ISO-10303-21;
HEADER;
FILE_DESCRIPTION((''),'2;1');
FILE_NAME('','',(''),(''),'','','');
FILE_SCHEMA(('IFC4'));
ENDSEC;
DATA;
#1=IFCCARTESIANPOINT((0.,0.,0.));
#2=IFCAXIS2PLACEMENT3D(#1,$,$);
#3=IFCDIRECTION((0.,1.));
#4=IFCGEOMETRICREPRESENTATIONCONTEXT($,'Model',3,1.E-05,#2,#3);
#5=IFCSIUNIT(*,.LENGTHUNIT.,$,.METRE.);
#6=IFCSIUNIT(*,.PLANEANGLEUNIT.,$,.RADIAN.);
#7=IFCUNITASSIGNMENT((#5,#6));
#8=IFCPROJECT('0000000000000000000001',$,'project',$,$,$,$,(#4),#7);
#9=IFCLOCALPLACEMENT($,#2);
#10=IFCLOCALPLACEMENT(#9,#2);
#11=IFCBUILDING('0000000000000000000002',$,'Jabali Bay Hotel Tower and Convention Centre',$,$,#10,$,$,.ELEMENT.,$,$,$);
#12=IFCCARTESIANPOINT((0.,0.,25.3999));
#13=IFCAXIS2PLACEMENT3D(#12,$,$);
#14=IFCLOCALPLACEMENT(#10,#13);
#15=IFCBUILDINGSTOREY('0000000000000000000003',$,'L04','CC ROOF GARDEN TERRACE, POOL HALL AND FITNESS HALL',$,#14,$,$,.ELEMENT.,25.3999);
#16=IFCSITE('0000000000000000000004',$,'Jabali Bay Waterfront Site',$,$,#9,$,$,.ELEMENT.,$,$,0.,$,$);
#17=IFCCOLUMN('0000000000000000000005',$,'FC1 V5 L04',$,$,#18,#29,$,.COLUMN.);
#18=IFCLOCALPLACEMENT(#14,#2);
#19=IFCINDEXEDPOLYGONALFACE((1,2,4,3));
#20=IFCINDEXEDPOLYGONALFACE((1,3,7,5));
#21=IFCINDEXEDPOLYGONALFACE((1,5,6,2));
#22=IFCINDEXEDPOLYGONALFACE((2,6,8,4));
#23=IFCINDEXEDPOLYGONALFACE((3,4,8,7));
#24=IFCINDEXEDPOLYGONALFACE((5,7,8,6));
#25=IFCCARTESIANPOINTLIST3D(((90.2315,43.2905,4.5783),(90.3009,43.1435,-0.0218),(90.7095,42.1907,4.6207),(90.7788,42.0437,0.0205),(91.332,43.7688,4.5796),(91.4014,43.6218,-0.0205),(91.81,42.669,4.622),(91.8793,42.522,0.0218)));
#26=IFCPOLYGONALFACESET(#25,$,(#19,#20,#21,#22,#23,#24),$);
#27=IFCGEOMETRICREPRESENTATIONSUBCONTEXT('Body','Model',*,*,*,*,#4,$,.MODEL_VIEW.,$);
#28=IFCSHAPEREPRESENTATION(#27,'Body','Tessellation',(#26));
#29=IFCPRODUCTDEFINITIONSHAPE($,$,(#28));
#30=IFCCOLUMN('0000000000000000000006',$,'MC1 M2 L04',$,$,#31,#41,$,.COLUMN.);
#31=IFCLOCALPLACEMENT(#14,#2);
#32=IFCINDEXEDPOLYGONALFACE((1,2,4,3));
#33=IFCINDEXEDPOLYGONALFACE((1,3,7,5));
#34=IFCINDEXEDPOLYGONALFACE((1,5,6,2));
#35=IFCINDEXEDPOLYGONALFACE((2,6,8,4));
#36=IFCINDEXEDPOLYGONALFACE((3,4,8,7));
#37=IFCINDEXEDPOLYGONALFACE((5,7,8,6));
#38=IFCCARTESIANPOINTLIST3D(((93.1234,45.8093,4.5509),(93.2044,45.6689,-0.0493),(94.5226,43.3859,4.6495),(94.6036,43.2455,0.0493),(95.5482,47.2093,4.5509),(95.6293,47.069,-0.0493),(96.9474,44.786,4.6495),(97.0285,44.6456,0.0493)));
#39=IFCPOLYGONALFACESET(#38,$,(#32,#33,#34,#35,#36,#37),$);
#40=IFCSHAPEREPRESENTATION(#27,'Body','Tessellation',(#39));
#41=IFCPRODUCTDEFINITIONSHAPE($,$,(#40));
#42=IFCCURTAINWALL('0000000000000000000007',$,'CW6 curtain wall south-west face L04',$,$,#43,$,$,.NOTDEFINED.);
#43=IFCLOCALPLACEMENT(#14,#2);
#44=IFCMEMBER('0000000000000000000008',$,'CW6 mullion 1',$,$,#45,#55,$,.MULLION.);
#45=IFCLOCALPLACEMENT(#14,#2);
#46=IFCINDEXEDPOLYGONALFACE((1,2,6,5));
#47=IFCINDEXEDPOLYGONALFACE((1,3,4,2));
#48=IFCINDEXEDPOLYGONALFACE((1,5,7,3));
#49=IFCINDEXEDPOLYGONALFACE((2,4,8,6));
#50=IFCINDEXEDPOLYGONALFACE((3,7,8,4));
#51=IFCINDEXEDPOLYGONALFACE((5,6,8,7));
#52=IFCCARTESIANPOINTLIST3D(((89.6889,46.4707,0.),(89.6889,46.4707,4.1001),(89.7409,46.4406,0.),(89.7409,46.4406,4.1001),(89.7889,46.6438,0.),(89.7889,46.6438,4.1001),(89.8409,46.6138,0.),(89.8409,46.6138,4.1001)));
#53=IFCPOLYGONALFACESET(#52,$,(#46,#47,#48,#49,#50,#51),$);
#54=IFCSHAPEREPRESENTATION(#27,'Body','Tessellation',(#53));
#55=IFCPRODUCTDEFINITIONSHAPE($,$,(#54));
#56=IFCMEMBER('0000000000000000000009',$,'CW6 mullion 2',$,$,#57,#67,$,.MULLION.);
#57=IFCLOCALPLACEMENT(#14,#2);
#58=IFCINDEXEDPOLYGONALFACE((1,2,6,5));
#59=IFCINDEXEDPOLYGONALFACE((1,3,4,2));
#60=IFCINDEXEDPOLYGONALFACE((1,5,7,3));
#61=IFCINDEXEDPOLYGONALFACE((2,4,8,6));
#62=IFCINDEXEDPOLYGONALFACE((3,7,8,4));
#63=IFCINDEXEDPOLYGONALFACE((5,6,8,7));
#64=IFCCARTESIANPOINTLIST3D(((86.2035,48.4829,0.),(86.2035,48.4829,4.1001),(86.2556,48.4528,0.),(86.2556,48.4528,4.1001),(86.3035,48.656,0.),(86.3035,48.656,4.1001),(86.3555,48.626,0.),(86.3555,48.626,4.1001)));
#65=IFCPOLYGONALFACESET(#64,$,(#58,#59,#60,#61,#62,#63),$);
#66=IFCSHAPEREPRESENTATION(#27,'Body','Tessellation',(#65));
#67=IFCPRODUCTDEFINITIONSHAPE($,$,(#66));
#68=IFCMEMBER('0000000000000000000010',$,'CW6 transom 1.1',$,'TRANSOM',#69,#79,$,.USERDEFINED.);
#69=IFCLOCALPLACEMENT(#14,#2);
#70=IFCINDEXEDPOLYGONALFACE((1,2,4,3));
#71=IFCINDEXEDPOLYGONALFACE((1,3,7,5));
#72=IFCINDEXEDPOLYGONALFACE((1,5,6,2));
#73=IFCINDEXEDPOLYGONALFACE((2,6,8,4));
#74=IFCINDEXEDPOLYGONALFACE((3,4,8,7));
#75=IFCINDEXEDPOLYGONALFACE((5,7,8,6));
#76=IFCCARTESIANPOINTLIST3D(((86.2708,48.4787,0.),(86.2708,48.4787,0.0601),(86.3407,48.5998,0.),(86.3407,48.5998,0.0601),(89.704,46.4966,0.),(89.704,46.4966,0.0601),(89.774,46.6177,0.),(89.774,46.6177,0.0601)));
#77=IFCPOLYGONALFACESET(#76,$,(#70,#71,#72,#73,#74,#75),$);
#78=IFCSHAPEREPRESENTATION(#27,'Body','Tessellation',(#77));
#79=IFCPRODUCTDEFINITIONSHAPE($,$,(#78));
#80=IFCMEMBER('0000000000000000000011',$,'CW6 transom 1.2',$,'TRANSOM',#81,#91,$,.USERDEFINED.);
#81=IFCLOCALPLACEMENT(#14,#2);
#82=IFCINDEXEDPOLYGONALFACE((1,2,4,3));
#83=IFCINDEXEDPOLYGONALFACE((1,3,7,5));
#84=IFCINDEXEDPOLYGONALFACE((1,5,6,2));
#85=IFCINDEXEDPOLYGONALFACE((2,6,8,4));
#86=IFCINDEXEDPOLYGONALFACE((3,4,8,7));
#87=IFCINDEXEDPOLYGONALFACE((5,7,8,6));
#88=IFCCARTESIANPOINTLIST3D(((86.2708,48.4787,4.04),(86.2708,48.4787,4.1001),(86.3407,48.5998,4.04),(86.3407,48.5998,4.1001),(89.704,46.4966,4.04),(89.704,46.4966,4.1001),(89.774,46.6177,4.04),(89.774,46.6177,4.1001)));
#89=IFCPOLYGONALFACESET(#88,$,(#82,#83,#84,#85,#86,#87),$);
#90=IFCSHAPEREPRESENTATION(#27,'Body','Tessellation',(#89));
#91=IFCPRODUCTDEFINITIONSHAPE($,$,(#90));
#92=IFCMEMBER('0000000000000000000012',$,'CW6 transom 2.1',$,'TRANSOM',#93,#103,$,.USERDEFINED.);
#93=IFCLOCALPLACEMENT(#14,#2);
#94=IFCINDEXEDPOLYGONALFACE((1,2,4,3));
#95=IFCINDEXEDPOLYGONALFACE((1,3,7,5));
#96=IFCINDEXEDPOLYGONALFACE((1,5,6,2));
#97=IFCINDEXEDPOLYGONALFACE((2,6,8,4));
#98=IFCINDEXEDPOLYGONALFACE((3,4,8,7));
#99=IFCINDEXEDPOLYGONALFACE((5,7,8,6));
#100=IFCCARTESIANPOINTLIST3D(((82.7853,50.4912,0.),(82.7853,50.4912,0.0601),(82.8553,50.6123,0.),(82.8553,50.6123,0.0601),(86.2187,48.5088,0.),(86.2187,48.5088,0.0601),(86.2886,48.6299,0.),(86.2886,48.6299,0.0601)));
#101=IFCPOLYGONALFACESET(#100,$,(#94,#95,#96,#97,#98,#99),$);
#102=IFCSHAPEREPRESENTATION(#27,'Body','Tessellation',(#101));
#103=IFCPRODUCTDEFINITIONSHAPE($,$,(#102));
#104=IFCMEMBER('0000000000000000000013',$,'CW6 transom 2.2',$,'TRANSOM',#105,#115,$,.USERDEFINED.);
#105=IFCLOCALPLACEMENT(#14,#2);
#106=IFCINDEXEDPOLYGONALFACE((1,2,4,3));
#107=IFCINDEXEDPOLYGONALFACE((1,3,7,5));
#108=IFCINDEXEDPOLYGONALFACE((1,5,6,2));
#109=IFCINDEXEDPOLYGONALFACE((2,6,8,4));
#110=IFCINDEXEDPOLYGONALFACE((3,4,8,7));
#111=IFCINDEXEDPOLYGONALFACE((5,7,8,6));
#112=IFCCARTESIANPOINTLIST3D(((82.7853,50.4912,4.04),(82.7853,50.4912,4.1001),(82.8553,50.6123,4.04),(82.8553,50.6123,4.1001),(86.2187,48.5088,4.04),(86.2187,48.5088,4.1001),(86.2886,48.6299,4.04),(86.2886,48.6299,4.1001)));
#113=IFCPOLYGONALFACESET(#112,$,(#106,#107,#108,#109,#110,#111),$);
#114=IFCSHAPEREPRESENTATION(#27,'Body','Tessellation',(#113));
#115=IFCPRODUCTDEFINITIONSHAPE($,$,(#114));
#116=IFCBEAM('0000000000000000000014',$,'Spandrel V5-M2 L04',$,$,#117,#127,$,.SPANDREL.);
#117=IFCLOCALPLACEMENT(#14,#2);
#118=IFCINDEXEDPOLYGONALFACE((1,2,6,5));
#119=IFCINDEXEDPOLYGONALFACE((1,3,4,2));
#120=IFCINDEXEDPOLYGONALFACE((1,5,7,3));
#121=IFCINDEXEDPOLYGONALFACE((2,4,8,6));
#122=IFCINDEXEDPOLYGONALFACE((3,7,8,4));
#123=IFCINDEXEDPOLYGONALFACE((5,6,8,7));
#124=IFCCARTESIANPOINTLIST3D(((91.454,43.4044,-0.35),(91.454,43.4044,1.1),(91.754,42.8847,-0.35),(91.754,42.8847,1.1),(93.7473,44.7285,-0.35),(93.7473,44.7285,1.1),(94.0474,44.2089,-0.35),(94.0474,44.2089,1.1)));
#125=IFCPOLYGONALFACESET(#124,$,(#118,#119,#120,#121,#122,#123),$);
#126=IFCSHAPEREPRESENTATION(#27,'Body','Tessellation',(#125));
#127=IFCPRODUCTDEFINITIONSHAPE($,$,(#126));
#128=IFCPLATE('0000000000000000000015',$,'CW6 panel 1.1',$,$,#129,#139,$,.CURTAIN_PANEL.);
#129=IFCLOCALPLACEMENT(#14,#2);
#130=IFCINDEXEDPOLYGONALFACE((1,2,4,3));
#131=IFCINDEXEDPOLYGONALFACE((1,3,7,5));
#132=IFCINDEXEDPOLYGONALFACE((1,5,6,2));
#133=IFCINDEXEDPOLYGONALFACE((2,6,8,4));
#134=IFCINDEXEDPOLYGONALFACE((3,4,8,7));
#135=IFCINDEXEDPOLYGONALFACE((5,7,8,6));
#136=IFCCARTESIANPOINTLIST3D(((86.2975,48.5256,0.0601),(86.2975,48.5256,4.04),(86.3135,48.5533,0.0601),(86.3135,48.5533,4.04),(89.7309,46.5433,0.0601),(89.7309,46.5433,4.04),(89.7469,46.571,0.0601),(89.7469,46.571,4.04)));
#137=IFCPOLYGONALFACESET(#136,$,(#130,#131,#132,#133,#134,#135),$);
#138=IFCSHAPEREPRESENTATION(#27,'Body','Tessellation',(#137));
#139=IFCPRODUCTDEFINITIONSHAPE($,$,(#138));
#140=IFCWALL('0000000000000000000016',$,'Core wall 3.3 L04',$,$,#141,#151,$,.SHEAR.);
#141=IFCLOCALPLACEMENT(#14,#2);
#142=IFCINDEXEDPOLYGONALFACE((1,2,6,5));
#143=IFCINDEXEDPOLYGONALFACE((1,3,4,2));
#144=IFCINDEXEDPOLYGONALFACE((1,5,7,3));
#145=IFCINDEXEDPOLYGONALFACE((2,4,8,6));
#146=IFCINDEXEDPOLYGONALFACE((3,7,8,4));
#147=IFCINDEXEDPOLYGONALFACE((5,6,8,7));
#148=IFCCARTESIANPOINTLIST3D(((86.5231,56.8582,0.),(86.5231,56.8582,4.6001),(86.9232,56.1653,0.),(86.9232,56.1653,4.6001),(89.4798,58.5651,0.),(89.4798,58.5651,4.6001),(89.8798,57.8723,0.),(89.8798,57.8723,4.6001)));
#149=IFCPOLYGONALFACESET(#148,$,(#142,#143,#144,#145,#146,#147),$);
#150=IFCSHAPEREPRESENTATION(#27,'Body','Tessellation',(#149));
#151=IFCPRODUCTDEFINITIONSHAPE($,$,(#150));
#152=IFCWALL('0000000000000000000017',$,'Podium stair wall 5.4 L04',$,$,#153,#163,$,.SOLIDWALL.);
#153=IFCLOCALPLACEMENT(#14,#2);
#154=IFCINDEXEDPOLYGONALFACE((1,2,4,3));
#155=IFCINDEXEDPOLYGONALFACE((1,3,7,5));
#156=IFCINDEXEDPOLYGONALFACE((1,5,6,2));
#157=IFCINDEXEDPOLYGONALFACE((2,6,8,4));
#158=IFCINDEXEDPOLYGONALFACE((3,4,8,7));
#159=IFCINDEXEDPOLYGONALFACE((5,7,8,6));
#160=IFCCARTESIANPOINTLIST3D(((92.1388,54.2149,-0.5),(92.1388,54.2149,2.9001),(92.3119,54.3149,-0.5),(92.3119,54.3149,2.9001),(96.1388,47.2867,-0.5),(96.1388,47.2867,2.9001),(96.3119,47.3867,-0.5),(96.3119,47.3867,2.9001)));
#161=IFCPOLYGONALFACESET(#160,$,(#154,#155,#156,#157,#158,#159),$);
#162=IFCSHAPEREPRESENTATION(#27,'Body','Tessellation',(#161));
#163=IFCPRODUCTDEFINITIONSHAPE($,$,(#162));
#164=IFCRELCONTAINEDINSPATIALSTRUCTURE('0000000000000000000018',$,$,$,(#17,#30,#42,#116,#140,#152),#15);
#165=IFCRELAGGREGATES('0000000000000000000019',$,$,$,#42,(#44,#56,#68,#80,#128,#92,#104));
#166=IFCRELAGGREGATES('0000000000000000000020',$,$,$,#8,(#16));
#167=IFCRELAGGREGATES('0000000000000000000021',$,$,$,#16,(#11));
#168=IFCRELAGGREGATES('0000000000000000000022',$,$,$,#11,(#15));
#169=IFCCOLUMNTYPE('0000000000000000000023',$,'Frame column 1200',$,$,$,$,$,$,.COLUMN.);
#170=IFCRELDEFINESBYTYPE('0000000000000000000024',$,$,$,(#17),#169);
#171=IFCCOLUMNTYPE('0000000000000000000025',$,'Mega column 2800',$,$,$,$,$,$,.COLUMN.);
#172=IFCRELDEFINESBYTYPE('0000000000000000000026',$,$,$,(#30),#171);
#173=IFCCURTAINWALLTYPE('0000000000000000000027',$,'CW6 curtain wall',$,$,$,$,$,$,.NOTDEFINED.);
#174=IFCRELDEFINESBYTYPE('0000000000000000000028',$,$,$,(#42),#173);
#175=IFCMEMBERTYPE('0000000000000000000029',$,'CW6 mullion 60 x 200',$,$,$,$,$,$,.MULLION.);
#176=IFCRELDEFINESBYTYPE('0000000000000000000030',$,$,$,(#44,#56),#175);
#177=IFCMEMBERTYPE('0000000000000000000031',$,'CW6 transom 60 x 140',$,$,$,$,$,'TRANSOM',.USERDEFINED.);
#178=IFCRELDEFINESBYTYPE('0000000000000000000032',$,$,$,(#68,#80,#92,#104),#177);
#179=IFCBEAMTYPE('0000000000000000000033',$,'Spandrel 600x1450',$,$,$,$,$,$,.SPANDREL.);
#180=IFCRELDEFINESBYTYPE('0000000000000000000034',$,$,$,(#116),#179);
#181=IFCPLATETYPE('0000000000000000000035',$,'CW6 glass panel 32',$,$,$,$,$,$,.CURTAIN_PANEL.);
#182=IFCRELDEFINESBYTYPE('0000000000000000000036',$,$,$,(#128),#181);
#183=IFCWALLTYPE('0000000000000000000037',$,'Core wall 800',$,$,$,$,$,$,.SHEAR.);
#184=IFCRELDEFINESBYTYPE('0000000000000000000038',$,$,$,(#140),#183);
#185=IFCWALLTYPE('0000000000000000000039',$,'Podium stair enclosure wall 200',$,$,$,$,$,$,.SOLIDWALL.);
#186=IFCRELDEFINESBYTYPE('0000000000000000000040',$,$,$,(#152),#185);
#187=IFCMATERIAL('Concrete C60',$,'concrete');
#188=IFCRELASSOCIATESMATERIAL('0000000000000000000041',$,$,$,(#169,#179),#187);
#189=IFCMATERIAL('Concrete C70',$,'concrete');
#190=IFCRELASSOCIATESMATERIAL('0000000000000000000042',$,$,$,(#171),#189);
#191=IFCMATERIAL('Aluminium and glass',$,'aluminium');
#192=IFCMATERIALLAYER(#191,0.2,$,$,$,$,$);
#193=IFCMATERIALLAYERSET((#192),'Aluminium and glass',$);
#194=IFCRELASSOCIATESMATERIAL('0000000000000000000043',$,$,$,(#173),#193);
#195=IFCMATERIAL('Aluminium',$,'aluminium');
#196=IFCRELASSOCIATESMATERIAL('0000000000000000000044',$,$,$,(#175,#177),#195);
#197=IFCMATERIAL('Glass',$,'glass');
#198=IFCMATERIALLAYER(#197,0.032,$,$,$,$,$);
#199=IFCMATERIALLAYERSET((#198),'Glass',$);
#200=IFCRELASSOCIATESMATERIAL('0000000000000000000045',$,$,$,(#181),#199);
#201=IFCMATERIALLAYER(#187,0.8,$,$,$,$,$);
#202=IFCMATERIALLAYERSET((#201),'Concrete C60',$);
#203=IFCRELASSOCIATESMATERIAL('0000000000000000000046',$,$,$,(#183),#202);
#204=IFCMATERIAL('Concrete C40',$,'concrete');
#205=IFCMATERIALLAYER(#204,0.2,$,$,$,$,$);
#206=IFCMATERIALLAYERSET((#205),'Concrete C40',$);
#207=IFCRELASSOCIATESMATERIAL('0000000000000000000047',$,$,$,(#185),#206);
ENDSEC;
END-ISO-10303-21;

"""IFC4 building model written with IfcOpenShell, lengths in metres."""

from ifc_helpers import new_model, si_unit, direction, frame, frame_2d, origin, origin_2d, place, context, subcontext, project, spatial, rectangle, extrude, material, layer, layer_set, material_profile, profile_set, type_object, element, aggregate, save


model = new_model("IFC4")

# Units and contexts
model_context = context("Model", 3, precision=1e-05, world=origin(), true_north=direction((0.0, 1.0)))
body_context = subcontext(model_context, "Body", "Model", "MODEL_VIEW")
ifc_project = project(units=[si_unit("LENGTHUNIT", "METRE"), si_unit("PLANEANGLEUNIT", "RADIAN")], contexts=[model_context])

# Site, building, storey
site_placement = place(None, origin())
site = spatial("IfcSite", under=ifc_project, at=site_placement, Name="Jabali Bay Waterfront Site", CompositionType="ELEMENT", RefElevation=0.0)
building_placement = place(site_placement, origin())
building = spatial("IfcBuilding", under=site, at=building_placement, Name="Jabali Bay Hotel Tower and Convention Centre", CompositionType="ELEMENT")
storey_placement = place(building_placement, frame((0.0, 0.0, 25.3999)))
storey = spatial("IfcBuildingStorey", under=building, at=storey_placement, Name="L04", Description="CC ROOF GARDEN TERRACE, POOL HALL AND FITNESS HALL", CompositionType="ELEMENT", Elevation=25.3999)

# Columns
ifc_material_1 = material(Name="Concrete C60", Category="concrete")
ifc_material_profile_1 = material_profile(ifc_material_1, rectangle(XDim=1.2, YDim=1.2, at=origin_2d()), Name="Frame column 1200")
ifc_profile_set_1 = profile_set([ifc_material_profile_1], Name="Concrete C60")
column_type_1 = type_object("IfcColumnType", Name="Frame column 1200", PredefinedType="COLUMN", material=ifc_profile_set_1)
column_1_placement = place(storey_placement, frame((91.0901, 42.8328, 0.0), z_axis=(-0.015063, 0.03193, 0.999377), x_axis=(0.398326, -0.916565, 0.035288)))
element("IfcColumn", 1, at=column_1_placement, inside=storey, type_object=column_type_1, Name="FC1 V5 L04", PredefinedType="COLUMN", context=body_context, shape_type="SweptSolid", body=[
    extrude(rectangle(XDim=1.2, YDim=1.2, at=origin_2d()), origin(), (0.0, 0.0, 1.0), 4.603),
])
ifc_material_2 = material(Name="Concrete C70", Category="concrete")
ifc_material_profile_2 = material_profile(ifc_material_2, rectangle(XDim=2.8, YDim=2.8, at=origin_2d()), Name="Mega column 2800")
ifc_profile_set_2 = profile_set([ifc_material_profile_2], Name="Concrete C70")
column_type_2 = type_object("IfcColumnType", Name="Mega column 2800", PredefinedType="COLUMN", material=ifc_profile_set_2)
column_2_placement = place(storey_placement, frame((95.1165, 45.1572, 0.0), z_axis=(-0.017609, 0.030498, 0.99938), x_axis=(0.499713, -0.865475, 0.035217)))
element("IfcColumn", 2, at=column_2_placement, inside=storey, type_object=column_type_2, Name="MC1 M2 L04", PredefinedType="COLUMN", context=body_context, shape_type="SweptSolid", body=[
    extrude(rectangle(XDim=2.8, YDim=2.8, at=origin_2d()), origin(), (0.0, 0.0, 1.0), 4.603),
])

# Curtain wall, members
ifc_material_3 = material(Name="Aluminium and glass", Category="aluminium")
ifc_layer_1 = layer(ifc_material_3, 0.2)
ifc_layer_set_1 = layer_set([ifc_layer_1], Name="Aluminium and glass")
curtain_wall_type = type_object("IfcCurtainWallType", Name="CW6 curtain wall", PredefinedType="NOTDEFINED", material=ifc_layer_set_1)
curtain_wall_placement = place(storey_placement, origin())
curtain_wall = element("IfcCurtainWall", 3, at=curtain_wall_placement, inside=storey, type_object=curtain_wall_type, Name="CW6 curtain wall south-west face L04", PredefinedType="NOTDEFINED")
ifc_material_4 = material(Name="Aluminium", Category="aluminium")
ifc_material_profile_3 = material_profile(ifc_material_4, rectangle(XDim=0.2, YDim=0.0601, at=origin_2d()), Name="CW6 mullion 60 x 200")
ifc_profile_set_3 = profile_set([ifc_material_profile_3], Name="Aluminium")
member_type_1 = type_object("IfcMemberType", Name="CW6 mullion 60 x 200", PredefinedType="MULLION", material=ifc_profile_set_3)
member_1_placement = place(storey_placement, frame((89.7649, 46.5422, 0.0), z_axis=(0.0, 0.0, 1.0), x_axis=(-0.5, -0.866025, 0.0)))
member_1 = element("IfcMember", 4, at=member_1_placement, type_object=member_type_1, Name="CW6 mullion 1", PredefinedType="MULLION", context=body_context, shape_type="SweptSolid", body=[
    extrude(rectangle(XDim=0.2, YDim=0.0601, at=origin_2d()), origin(), (0.0, 0.0, 1.0), 4.1001),
])
member_2_placement = place(storey_placement, frame((86.2795, 48.5544, 0.0), z_axis=(0.0, 0.0, 1.0), x_axis=(-0.5, -0.866025, 0.0)))
member_2 = element("IfcMember", 5, at=member_2_placement, type_object=member_type_1, Name="CW6 mullion 2", PredefinedType="MULLION", context=body_context, shape_type="SweptSolid", body=[
    extrude(rectangle(XDim=0.2, YDim=0.0601, at=origin_2d()), origin(), (0.0, 0.0, 1.0), 4.1001),
])
ifc_material_profile_4 = material_profile(ifc_material_4, rectangle(XDim=0.1399, YDim=0.0601, at=origin_2d()), Name="CW6 transom 60 x 140")
ifc_profile_set_4 = profile_set([ifc_material_profile_4], Name="Aluminium")
member_type_2 = type_object("IfcMemberType", Name="CW6 transom 60 x 140", ElementType="TRANSOM", PredefinedType="USERDEFINED", material=ifc_profile_set_4)
member_3_placement = place(storey_placement, frame((89.739, 46.5571, 0.03), z_axis=(-0.866033, 0.499987, 0.0), x_axis=(-0.499987, -0.866033, 0.0)))
member_3 = element("IfcMember", 6, at=member_3_placement, type_object=member_type_2, Name="CW6 transom 1.1", ObjectType="TRANSOM", PredefinedType="USERDEFINED", context=body_context, shape_type="SweptSolid", body=[
    extrude(rectangle(XDim=0.1399, YDim=0.0601, at=origin_2d()), origin(), (0.0, 0.0, 1.0), 3.9644),
])
member_4_placement = place(storey_placement, frame((89.739, 46.5571, 4.0701), z_axis=(-0.866033, 0.499987, 0.0), x_axis=(-0.499987, -0.866033, 0.0)))
member_4 = element("IfcMember", 7, at=member_4_placement, type_object=member_type_2, Name="CW6 transom 1.2", ObjectType="TRANSOM", PredefinedType="USERDEFINED", context=body_context, shape_type="SweptSolid", body=[
    extrude(rectangle(XDim=0.1399, YDim=0.0601, at=origin_2d()), origin(), (0.0, 0.0, 1.0), 3.9644),
])
member_5_placement = place(storey_placement, frame((86.2537, 48.5693, 0.03), z_axis=(-0.866006, 0.500033, 0.0), x_axis=(-0.500033, -0.866006, 0.0)))
member_5 = element("IfcMember", 8, at=member_5_placement, type_object=member_type_2, Name="CW6 transom 2.1", ObjectType="TRANSOM", PredefinedType="USERDEFINED", context=body_context, shape_type="SweptSolid", body=[
    extrude(rectangle(XDim=0.1399, YDim=0.0601, at=origin_2d()), origin(), (0.0, 0.0, 1.0), 3.9646),
])
member_6_placement = place(storey_placement, frame((86.2537, 48.5693, 4.0701), z_axis=(-0.866006, 0.500033, 0.0), x_axis=(-0.500033, -0.866006, 0.0)))
member_6 = element("IfcMember", 9, at=member_6_placement, type_object=member_type_2, Name="CW6 transom 2.2", ObjectType="TRANSOM", PredefinedType="USERDEFINED", context=body_context, shape_type="SweptSolid", body=[
    extrude(rectangle(XDim=0.1399, YDim=0.0601, at=origin_2d()), origin(), (0.0, 0.0, 1.0), 3.9646),
])

# Beam
ifc_material_profile_5 = material_profile(ifc_material_1, rectangle(XDim=0.6001, YDim=1.45, at=origin_2d()), Name="Spandrel 600x1450")
ifc_profile_set_5 = profile_set([ifc_material_profile_5], Name="Concrete C60")
beam_type = type_object("IfcBeamType", Name="Spandrel 600x1450", PredefinedType="SPANDREL", material=ifc_profile_set_5)
beam_placement = place(storey_placement, frame((91.604, 43.1445, 0.375), z_axis=(0.866011, 0.500026, 0.0), x_axis=(-0.500026, 0.866011, 0.0)))
element("IfcBeam", 10, at=beam_placement, inside=storey, type_object=beam_type, Name="Spandrel V5-M2 L04", PredefinedType="SPANDREL", context=body_context, shape_type="SweptSolid", body=[
    extrude(rectangle(XDim=0.6001, YDim=1.45, at=origin_2d()), origin(), (0.0, 0.0, 1.0), 2.6482),
])

# Plate
ifc_material_5 = material(Name="Glass", Category="glass")
ifc_layer_2 = layer(ifc_material_5, 0.032)
ifc_layer_set_2 = layer_set([ifc_layer_2], Name="Glass")
plate_type = type_object("IfcPlateType", Name="CW6 glass panel 32", PredefinedType="CURTAIN_PANEL", material=ifc_layer_set_2)
plate_placement = place(storey_placement, frame((88.0222, 47.5483, 0.0601), z_axis=(0.0, 0.0, 1.0), x_axis=(-0.866025, 0.5, 0.0)))
plate = element("IfcPlate", 11, at=plate_placement, type_object=plate_type, Name="CW6 panel 1.1", PredefinedType="CURTAIN_PANEL", context=body_context, shape_type="SweptSolid", body=[
    extrude(rectangle(XDim=3.9646, YDim=0.032, at=origin_2d()), origin(), (0.0, 0.0, 1.0), 3.98),
])
aggregate(curtain_wall, [member_1, member_2, member_3, member_4, plate, member_5, member_6])

# Walls
ifc_layer_3 = layer(ifc_material_1, 0.8)
ifc_layer_set_3 = layer_set([ifc_layer_3], Name="Concrete C60")
wall_type_1 = type_object("IfcWallType", Name="Core wall 800", PredefinedType="SHEAR", material=ifc_layer_set_3)
wall_1_placement = place(storey_placement, frame((86.7231, 56.5117, 0.0), z_axis=(0.0, 0.0, 1.0), x_axis=(0.866034, 0.499984, 0.0)))
element("IfcWall", 12, at=wall_1_placement, inside=storey, type_object=wall_type_1, Name="Core wall 3.3 L04", PredefinedType="SHEAR", context=body_context, shape_type="SweptSolid", body=[
    extrude(rectangle(XDim=3.4141, YDim=0.8, at=frame_2d((1.707, 0.0))), origin(), (0.0, 0.0, 1.0), 4.6001),
])
ifc_material_6 = material(Name="Concrete C40", Category="concrete")
ifc_layer_4 = layer(ifc_material_6, 0.2)
ifc_layer_set_4 = layer_set([ifc_layer_4], Name="Concrete C40")
wall_type_2 = type_object("IfcWallType", Name="Podium stair enclosure wall 200", PredefinedType="SOLIDWALL", material=ifc_layer_set_4)
wall_2_placement = place(storey_placement, frame((92.2253, 54.2649, -0.5), z_axis=(0.0, 0.0, 1.0), x_axis=(0.499999, -0.866026, 0.0)))
element("IfcWall", 13, at=wall_2_placement, inside=storey, type_object=wall_type_2, Name="Podium stair wall 5.4 L04", PredefinedType="SOLIDWALL", context=body_context, shape_type="SweptSolid", body=[
    extrude(rectangle(XDim=8.0, YDim=0.2, at=frame_2d((4.0, 0.0))), origin(), (0.0, 0.0, 1.0), 3.4001),
])

save(model, "model.ifc")
